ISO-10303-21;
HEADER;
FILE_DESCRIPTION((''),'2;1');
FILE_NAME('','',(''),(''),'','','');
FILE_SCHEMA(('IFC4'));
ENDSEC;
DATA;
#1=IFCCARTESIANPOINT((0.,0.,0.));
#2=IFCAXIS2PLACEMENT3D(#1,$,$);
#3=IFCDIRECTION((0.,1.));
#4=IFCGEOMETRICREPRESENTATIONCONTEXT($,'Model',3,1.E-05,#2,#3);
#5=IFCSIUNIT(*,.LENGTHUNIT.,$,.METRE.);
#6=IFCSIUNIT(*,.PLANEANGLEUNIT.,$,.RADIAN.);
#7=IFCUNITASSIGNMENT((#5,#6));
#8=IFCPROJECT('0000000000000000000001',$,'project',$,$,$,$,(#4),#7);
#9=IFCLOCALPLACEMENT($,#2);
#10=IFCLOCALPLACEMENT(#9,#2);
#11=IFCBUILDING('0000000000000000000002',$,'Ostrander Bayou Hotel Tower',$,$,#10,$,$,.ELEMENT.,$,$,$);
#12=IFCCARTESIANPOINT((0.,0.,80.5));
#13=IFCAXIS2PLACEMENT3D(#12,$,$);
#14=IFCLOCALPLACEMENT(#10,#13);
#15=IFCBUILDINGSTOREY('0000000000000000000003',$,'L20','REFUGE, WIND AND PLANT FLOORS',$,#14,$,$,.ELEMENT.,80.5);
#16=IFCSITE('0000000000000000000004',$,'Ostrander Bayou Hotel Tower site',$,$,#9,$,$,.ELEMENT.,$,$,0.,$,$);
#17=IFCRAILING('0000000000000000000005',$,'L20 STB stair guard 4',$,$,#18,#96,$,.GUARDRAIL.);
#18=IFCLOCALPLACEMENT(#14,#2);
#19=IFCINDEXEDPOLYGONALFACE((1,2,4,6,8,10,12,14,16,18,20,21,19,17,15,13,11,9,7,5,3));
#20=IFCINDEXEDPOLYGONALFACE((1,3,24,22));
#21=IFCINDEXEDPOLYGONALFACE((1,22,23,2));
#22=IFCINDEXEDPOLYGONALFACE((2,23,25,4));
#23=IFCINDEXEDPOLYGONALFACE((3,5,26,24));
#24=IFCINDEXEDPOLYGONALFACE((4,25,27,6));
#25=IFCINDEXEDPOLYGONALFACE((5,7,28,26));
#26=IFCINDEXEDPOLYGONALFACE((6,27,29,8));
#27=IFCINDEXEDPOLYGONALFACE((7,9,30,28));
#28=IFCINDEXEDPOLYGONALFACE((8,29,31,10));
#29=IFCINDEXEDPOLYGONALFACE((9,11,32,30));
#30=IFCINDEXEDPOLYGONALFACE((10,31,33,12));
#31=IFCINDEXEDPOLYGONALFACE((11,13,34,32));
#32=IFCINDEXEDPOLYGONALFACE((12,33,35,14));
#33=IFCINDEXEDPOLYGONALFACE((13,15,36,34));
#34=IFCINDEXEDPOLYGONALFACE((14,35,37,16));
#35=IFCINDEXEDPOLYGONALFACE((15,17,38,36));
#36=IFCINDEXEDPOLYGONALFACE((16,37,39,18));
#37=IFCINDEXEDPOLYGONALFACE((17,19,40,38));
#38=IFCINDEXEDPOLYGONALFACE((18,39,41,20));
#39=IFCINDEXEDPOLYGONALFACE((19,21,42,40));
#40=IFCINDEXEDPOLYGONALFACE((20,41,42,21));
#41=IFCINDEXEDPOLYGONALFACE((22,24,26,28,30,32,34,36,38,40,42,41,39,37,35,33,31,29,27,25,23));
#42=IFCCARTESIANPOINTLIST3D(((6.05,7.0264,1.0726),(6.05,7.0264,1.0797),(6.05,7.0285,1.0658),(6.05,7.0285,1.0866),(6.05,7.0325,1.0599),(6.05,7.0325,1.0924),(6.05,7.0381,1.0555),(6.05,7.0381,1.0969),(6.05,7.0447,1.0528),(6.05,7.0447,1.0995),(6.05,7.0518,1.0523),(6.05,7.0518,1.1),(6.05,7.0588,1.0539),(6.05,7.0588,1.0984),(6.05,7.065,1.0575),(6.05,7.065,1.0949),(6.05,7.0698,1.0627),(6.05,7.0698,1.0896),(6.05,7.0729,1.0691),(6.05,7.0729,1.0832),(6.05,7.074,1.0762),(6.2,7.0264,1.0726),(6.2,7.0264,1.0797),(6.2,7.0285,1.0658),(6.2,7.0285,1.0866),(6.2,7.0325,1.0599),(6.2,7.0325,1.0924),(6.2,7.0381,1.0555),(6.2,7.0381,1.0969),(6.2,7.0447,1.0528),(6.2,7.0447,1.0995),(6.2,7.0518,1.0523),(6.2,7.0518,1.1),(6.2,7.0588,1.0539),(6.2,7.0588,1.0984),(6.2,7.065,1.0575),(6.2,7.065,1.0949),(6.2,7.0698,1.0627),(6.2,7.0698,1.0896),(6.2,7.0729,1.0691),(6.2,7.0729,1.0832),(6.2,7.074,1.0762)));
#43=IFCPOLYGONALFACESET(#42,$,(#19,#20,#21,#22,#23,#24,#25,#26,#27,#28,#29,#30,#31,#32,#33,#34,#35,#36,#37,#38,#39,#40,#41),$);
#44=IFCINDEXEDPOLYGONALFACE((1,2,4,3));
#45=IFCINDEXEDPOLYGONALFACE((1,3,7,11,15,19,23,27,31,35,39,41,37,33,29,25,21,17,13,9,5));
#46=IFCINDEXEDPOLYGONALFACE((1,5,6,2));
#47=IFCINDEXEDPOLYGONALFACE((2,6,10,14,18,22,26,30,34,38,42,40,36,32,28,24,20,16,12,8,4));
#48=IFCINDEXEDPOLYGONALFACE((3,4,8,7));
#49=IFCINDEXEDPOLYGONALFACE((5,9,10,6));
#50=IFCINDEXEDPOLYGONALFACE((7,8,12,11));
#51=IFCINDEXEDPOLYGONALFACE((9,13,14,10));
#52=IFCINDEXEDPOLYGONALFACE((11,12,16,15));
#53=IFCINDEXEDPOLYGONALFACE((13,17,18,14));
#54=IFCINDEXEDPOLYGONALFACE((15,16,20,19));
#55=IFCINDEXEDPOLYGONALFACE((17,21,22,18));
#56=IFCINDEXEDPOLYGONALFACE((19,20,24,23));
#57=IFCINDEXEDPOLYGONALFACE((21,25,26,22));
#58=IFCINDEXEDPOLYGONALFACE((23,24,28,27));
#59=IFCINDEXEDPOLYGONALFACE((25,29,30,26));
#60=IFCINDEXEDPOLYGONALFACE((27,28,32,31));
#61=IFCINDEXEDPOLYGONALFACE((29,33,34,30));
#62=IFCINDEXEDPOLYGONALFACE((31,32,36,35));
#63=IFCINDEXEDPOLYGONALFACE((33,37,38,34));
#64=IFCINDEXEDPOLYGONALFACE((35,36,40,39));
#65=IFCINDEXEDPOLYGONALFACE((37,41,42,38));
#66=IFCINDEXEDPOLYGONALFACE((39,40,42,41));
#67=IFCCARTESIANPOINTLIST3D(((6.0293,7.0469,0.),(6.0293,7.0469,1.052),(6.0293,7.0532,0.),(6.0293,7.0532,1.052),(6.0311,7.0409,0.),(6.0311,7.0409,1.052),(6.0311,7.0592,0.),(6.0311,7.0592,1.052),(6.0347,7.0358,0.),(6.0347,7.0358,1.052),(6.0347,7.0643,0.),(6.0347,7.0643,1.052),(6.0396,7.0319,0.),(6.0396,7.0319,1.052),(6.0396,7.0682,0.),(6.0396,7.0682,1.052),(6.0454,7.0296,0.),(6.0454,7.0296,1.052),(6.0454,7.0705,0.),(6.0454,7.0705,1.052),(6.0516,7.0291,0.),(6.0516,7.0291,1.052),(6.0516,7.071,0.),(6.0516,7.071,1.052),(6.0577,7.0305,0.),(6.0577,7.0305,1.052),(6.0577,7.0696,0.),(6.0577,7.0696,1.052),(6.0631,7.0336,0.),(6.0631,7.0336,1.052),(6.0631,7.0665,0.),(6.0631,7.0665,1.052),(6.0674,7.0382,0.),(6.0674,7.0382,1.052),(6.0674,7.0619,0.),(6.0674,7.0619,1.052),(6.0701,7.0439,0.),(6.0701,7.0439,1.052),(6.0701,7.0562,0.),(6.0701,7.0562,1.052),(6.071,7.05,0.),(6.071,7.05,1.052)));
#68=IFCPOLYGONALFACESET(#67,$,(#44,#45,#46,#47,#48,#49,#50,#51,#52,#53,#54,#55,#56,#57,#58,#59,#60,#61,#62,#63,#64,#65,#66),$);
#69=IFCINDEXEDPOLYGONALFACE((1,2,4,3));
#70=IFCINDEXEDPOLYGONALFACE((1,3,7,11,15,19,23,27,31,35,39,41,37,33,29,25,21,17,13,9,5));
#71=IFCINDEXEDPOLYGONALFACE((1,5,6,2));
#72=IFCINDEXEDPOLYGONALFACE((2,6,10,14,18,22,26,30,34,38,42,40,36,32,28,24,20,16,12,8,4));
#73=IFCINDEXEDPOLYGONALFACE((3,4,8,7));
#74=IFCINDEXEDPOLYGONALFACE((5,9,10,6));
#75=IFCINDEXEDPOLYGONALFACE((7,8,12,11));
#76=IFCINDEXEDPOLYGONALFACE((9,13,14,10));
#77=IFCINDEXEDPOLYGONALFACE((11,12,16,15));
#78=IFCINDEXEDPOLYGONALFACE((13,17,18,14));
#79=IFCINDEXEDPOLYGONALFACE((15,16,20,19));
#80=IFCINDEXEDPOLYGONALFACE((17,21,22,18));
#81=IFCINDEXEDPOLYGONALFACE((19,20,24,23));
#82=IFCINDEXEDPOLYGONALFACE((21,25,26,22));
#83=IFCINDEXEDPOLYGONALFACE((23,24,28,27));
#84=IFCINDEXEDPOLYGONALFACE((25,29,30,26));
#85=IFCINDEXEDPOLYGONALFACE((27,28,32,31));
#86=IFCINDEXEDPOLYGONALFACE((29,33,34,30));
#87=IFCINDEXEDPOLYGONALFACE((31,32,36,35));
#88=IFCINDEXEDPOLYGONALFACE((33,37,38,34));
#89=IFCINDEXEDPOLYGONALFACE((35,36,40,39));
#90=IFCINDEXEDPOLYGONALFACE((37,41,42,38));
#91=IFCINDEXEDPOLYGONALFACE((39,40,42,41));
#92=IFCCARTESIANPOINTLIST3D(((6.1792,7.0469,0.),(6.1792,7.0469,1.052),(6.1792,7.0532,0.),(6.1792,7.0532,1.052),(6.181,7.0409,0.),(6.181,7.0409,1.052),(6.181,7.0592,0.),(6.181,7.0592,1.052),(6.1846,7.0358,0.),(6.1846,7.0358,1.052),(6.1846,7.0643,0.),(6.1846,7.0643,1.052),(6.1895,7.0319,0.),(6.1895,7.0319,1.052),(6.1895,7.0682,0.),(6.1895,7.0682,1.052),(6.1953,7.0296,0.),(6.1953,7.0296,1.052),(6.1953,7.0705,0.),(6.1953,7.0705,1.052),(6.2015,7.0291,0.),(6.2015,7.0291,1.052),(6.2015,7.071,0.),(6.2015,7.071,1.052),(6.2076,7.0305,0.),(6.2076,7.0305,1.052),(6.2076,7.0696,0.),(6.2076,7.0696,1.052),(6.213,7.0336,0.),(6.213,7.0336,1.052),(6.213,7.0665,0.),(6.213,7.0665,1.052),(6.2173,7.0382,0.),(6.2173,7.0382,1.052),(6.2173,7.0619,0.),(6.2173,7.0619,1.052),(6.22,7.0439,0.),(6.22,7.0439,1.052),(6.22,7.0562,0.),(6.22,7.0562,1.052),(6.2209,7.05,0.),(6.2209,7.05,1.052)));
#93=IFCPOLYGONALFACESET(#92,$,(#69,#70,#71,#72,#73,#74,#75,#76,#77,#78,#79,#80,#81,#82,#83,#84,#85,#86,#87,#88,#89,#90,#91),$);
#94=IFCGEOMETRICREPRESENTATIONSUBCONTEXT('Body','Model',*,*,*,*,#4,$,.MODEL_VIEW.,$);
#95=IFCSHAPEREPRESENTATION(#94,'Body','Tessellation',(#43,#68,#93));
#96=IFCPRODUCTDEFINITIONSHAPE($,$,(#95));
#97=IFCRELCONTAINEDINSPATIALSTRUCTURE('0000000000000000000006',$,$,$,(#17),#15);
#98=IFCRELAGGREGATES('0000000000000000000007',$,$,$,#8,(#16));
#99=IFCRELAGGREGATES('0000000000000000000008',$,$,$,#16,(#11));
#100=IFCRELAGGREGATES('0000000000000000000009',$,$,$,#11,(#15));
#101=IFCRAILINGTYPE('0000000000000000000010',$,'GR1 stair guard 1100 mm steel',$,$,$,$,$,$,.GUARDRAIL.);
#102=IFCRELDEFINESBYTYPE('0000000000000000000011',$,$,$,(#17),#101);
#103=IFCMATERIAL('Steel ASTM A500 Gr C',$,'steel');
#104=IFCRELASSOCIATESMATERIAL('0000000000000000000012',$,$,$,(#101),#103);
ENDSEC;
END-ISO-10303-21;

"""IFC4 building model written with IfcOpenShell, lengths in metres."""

from ifc_helpers import new_model, si_unit, direction, frame, origin, origin_2d, place, context, subcontext, project, spatial, circle, extrude, material, type_object, element, save


model = new_model("IFC4")

# Units and contexts
model_context = context("Model", 3, precision=1e-05, world=origin(), true_north=direction((0.0, 1.0)))
body_context = subcontext(model_context, "Body", "Model", "MODEL_VIEW")
ifc_project = project(units=[si_unit("LENGTHUNIT", "METRE"), si_unit("PLANEANGLEUNIT", "RADIAN")], contexts=[model_context])

# Site, building, storey
site_placement = place(None, origin())
site = spatial("IfcSite", under=ifc_project, at=site_placement, Name="Ostrander Bayou Hotel Tower site", CompositionType="ELEMENT", RefElevation=0.0)
building_placement = place(site_placement, origin())
building = spatial("IfcBuilding", under=site, at=building_placement, Name="Ostrander Bayou Hotel Tower", CompositionType="ELEMENT")
storey_placement = place(building_placement, frame((0.0, 0.0, 80.5)))
storey = spatial("IfcBuildingStorey", under=building, at=storey_placement, Name="L20", Description="REFUGE, WIND AND PLANT FLOORS", CompositionType="ELEMENT", Elevation=80.5)

# Railing
ifc_material_1 = material(Name="Steel ASTM A500 Gr C", Category="steel")
railing_type_1 = type_object("IfcRailingType", Name="GR1 stair guard 1100 mm steel", PredefinedType="GUARDRAIL", material=ifc_material_1)
railing_1_placement = place(storey_placement, frame((6.05, 7.05, 0.0)))
element("IfcRailing", 1, at=railing_1_placement, inside=storey, type_object=railing_type_1, Name="L20 STB stair guard 4", PredefinedType="GUARDRAIL", context=body_context, shape_type="SweptSolid", body=[
    extrude(circle(Radius=0.0239, at=origin_2d()), frame((0.0, 0.0, 1.0762), z_axis=(1.0, 0.0, 0.0), x_axis=(0.0, 1.0, 0.0)), (0.0, 0.0, 1.0), 0.1499),
    extrude(circle(Radius=0.021, at=origin_2d()), origin(), (0.0, 0.0, 1.0), 1.052),
    extrude(circle(Radius=0.021, at=origin_2d()), frame((0.1499, 0.0, 0.0)), (0.0, 0.0, 1.0), 1.052),
])

save(model, "model.ifc")
